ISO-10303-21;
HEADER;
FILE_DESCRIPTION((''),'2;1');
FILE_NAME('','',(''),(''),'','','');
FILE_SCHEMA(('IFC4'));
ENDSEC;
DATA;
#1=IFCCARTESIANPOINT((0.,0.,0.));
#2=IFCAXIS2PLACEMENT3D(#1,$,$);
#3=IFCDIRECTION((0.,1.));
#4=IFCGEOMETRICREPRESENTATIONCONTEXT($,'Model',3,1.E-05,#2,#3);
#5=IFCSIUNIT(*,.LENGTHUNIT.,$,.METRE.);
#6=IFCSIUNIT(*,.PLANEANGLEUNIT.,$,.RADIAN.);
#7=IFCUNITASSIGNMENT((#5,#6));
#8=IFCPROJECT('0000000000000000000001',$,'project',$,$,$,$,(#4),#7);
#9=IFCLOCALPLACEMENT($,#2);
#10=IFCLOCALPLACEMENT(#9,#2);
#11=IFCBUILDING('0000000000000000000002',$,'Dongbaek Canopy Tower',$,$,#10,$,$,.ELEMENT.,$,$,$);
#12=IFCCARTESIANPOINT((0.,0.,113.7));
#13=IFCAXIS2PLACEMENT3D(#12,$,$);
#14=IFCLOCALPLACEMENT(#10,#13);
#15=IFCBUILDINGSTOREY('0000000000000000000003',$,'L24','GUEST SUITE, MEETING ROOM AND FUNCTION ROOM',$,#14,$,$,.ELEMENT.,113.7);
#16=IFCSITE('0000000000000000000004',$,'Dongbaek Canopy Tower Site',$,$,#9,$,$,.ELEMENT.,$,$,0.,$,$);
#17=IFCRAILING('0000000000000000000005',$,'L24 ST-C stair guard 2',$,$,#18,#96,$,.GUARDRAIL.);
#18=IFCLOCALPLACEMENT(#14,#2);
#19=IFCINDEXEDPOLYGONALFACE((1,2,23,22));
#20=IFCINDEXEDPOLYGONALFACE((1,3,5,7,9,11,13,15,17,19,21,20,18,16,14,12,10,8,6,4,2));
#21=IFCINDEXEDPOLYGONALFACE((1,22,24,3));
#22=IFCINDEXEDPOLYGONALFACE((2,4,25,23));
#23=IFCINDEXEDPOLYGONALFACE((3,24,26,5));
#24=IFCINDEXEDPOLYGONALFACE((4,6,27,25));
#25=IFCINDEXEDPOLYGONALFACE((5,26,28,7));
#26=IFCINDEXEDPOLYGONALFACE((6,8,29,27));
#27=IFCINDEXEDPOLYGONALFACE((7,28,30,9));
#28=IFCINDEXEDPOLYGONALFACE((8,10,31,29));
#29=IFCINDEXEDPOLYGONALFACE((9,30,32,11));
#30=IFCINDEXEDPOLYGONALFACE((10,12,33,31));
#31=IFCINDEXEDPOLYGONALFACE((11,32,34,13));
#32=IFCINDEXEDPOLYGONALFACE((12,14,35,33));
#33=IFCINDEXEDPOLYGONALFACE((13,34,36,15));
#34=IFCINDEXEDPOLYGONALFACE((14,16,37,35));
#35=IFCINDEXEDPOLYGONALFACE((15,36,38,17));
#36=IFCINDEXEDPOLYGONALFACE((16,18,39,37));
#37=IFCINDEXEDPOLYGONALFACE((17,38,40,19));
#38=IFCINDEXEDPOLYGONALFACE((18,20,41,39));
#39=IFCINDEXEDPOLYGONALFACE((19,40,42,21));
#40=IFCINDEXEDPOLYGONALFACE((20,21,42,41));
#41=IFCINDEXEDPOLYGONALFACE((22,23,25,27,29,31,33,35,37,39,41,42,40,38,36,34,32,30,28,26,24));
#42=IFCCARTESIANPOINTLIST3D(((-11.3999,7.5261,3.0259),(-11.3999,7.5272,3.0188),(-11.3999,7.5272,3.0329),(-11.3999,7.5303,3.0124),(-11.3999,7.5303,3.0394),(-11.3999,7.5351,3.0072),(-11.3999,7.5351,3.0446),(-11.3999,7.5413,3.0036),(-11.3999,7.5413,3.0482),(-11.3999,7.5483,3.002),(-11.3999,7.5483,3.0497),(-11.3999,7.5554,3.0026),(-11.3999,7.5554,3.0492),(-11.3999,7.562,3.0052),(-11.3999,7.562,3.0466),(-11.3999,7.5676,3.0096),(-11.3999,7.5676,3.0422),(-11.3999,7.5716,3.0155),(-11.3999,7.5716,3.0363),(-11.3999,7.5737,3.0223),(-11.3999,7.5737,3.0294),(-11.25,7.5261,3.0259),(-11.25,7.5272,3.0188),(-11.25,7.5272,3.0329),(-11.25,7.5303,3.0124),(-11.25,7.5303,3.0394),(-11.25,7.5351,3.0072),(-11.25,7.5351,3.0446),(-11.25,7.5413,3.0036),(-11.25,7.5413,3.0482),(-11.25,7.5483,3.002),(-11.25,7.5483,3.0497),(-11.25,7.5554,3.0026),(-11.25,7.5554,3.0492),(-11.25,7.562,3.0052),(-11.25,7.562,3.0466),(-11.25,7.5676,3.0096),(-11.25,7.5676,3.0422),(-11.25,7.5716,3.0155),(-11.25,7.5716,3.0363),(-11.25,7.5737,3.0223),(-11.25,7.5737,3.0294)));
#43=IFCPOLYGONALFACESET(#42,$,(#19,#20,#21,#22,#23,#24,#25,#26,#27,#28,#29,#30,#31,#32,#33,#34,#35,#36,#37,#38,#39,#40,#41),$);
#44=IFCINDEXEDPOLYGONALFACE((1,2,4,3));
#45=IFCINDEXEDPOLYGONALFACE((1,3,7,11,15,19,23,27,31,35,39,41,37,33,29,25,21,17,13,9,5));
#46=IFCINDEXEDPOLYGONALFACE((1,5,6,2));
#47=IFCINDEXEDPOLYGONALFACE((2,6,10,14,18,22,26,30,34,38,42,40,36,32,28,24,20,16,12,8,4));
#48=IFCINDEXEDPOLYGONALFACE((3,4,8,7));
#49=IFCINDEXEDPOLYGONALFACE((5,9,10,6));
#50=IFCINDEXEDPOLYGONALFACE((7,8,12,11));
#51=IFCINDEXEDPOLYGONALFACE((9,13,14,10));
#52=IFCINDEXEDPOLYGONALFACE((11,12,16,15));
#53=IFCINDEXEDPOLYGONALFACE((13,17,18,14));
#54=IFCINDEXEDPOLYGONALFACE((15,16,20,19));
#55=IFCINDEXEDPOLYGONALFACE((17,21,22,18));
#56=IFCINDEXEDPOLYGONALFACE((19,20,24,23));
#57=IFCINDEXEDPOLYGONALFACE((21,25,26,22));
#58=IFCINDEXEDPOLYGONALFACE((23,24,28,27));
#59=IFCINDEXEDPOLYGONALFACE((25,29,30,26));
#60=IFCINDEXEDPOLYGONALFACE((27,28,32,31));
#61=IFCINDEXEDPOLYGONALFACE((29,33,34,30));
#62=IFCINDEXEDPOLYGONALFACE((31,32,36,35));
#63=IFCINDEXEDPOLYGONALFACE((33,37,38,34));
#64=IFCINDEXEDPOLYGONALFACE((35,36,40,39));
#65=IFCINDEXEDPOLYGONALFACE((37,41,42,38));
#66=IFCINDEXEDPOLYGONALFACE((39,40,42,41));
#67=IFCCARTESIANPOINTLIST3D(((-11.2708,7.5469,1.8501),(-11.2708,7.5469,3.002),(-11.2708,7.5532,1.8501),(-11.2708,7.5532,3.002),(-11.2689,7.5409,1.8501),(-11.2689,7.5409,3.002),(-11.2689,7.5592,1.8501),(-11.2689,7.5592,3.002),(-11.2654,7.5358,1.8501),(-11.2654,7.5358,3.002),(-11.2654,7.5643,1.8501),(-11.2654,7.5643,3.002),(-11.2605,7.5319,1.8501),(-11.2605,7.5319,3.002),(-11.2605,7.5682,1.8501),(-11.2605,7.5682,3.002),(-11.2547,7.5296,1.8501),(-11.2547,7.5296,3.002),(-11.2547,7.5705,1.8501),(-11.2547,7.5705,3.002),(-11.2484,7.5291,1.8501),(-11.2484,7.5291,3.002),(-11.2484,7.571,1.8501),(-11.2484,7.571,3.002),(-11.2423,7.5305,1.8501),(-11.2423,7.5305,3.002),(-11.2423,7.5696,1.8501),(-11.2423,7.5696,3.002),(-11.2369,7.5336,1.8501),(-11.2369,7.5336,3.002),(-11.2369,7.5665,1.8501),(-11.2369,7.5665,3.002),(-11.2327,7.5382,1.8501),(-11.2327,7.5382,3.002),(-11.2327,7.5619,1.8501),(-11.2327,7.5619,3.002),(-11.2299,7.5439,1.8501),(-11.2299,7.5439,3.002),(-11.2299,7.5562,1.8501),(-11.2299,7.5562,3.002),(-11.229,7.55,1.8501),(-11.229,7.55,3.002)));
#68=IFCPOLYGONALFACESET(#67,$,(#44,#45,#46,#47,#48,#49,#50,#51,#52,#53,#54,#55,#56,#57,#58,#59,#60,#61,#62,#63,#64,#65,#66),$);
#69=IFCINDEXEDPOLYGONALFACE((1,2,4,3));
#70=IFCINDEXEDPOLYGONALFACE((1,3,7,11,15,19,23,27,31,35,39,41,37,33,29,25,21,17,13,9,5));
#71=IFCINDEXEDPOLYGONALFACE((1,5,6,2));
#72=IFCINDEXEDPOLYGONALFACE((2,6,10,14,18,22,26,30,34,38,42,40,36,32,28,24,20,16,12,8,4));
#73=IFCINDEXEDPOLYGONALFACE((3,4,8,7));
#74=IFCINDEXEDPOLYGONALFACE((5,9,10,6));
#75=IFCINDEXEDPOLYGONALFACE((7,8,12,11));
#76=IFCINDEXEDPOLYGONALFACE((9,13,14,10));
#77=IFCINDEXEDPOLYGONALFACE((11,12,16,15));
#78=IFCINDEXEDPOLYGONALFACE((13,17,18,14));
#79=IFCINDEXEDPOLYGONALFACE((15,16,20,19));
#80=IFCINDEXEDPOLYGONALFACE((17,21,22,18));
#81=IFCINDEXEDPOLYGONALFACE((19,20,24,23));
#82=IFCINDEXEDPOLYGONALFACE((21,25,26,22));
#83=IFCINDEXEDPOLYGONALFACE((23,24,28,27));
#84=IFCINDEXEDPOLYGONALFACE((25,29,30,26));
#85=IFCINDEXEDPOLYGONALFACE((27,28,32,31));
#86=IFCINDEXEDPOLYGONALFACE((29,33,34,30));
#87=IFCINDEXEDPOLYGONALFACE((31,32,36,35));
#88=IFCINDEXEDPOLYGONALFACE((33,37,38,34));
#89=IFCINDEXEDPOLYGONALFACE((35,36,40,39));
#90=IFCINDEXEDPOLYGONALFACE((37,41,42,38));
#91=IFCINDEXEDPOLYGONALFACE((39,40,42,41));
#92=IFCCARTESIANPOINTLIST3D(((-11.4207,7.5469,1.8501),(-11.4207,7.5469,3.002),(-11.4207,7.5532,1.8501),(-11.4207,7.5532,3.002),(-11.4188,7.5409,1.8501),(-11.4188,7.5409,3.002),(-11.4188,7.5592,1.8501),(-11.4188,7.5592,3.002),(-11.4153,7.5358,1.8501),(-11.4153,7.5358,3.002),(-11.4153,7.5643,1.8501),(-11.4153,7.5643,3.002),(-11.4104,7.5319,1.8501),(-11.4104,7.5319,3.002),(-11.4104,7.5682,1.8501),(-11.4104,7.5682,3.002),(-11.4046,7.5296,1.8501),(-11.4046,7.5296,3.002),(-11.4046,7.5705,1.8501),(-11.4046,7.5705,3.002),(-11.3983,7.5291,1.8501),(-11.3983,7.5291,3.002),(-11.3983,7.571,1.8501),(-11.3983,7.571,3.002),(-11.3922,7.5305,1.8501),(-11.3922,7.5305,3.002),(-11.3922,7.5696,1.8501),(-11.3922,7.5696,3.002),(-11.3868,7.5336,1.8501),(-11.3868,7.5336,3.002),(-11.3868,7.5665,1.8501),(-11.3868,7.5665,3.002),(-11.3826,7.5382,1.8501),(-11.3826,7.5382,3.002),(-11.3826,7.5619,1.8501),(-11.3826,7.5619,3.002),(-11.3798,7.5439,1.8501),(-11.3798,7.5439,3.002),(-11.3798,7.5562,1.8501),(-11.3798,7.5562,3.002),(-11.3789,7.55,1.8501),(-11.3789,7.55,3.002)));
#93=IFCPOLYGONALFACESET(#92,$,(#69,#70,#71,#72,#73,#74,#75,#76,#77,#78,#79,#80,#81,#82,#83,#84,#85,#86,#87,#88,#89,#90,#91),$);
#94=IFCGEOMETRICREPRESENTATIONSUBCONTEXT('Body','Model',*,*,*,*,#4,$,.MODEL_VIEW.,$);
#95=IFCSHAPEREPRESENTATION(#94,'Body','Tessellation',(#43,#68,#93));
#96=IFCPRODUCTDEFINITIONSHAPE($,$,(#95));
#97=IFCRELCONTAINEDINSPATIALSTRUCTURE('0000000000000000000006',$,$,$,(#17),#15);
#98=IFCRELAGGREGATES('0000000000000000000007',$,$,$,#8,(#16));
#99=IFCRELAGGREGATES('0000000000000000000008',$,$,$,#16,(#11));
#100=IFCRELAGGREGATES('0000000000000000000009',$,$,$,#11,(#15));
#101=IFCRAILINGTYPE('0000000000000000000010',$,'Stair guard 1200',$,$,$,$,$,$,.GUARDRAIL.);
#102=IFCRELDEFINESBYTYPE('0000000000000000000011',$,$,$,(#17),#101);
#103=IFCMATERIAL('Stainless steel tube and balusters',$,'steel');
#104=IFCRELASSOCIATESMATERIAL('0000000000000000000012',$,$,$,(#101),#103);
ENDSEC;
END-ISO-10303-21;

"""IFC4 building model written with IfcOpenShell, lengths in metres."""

from ifc_helpers import new_model, si_unit, direction, frame, origin, origin_2d, place, context, subcontext, project, spatial, circle, extrude, material, type_object, element, save


model = new_model("IFC4")

# Units and contexts
model_context = context("Model", 3, precision=1e-05, world=origin(), true_north=direction((0.0, 1.0)))
body_context = subcontext(model_context, "Body", "Model", "MODEL_VIEW")
ifc_project = project(units=[si_unit("LENGTHUNIT", "METRE"), si_unit("PLANEANGLEUNIT", "RADIAN")], contexts=[model_context])

# Site, building, storey
site_placement = place(None, origin())
site = spatial("IfcSite", under=ifc_project, at=site_placement, Name="Dongbaek Canopy Tower Site", CompositionType="ELEMENT", RefElevation=0.0)
building_placement = place(site_placement, origin())
building = spatial("IfcBuilding", under=site, at=building_placement, Name="Dongbaek Canopy Tower", CompositionType="ELEMENT")
storey_placement = place(building_placement, frame((0.0, 0.0, 113.7)))
storey = spatial("IfcBuildingStorey", under=building, at=storey_placement, Name="L24", Description="GUEST SUITE, MEETING ROOM AND FUNCTION ROOM", CompositionType="ELEMENT", Elevation=113.7)

# Railing
ifc_material_1 = material(Name="Stainless steel tube and balusters", Category="steel")
railing_type_1 = type_object("IfcRailingType", Name="Stair guard 1200", PredefinedType="GUARDRAIL", material=ifc_material_1)
railing_1_placement = place(storey_placement, frame((-11.25, 7.55, 1.8501)))
element("IfcRailing", 1, at=railing_1_placement, inside=storey, type_object=railing_type_1, Name="L24 ST-C stair guard 2", PredefinedType="GUARDRAIL", context=body_context, shape_type="SweptSolid", body=[
    extrude(circle(Radius=0.0239, at=origin_2d()), frame((0.0, 0.0, 1.1758), z_axis=(-1.0, 0.0, 0.0), x_axis=(0.0, -1.0, 0.0)), (0.0, 0.0, 1.0), 0.1499),
    extrude(circle(Radius=0.021, at=origin_2d()), origin(), (0.0, 0.0, 1.0), 1.1519),
    extrude(circle(Radius=0.021, at=origin_2d()), frame((-0.1499, 0.0, 0.0)), (0.0, 0.0, 1.0), 1.1519),
])

save(model, "model.ifc")
